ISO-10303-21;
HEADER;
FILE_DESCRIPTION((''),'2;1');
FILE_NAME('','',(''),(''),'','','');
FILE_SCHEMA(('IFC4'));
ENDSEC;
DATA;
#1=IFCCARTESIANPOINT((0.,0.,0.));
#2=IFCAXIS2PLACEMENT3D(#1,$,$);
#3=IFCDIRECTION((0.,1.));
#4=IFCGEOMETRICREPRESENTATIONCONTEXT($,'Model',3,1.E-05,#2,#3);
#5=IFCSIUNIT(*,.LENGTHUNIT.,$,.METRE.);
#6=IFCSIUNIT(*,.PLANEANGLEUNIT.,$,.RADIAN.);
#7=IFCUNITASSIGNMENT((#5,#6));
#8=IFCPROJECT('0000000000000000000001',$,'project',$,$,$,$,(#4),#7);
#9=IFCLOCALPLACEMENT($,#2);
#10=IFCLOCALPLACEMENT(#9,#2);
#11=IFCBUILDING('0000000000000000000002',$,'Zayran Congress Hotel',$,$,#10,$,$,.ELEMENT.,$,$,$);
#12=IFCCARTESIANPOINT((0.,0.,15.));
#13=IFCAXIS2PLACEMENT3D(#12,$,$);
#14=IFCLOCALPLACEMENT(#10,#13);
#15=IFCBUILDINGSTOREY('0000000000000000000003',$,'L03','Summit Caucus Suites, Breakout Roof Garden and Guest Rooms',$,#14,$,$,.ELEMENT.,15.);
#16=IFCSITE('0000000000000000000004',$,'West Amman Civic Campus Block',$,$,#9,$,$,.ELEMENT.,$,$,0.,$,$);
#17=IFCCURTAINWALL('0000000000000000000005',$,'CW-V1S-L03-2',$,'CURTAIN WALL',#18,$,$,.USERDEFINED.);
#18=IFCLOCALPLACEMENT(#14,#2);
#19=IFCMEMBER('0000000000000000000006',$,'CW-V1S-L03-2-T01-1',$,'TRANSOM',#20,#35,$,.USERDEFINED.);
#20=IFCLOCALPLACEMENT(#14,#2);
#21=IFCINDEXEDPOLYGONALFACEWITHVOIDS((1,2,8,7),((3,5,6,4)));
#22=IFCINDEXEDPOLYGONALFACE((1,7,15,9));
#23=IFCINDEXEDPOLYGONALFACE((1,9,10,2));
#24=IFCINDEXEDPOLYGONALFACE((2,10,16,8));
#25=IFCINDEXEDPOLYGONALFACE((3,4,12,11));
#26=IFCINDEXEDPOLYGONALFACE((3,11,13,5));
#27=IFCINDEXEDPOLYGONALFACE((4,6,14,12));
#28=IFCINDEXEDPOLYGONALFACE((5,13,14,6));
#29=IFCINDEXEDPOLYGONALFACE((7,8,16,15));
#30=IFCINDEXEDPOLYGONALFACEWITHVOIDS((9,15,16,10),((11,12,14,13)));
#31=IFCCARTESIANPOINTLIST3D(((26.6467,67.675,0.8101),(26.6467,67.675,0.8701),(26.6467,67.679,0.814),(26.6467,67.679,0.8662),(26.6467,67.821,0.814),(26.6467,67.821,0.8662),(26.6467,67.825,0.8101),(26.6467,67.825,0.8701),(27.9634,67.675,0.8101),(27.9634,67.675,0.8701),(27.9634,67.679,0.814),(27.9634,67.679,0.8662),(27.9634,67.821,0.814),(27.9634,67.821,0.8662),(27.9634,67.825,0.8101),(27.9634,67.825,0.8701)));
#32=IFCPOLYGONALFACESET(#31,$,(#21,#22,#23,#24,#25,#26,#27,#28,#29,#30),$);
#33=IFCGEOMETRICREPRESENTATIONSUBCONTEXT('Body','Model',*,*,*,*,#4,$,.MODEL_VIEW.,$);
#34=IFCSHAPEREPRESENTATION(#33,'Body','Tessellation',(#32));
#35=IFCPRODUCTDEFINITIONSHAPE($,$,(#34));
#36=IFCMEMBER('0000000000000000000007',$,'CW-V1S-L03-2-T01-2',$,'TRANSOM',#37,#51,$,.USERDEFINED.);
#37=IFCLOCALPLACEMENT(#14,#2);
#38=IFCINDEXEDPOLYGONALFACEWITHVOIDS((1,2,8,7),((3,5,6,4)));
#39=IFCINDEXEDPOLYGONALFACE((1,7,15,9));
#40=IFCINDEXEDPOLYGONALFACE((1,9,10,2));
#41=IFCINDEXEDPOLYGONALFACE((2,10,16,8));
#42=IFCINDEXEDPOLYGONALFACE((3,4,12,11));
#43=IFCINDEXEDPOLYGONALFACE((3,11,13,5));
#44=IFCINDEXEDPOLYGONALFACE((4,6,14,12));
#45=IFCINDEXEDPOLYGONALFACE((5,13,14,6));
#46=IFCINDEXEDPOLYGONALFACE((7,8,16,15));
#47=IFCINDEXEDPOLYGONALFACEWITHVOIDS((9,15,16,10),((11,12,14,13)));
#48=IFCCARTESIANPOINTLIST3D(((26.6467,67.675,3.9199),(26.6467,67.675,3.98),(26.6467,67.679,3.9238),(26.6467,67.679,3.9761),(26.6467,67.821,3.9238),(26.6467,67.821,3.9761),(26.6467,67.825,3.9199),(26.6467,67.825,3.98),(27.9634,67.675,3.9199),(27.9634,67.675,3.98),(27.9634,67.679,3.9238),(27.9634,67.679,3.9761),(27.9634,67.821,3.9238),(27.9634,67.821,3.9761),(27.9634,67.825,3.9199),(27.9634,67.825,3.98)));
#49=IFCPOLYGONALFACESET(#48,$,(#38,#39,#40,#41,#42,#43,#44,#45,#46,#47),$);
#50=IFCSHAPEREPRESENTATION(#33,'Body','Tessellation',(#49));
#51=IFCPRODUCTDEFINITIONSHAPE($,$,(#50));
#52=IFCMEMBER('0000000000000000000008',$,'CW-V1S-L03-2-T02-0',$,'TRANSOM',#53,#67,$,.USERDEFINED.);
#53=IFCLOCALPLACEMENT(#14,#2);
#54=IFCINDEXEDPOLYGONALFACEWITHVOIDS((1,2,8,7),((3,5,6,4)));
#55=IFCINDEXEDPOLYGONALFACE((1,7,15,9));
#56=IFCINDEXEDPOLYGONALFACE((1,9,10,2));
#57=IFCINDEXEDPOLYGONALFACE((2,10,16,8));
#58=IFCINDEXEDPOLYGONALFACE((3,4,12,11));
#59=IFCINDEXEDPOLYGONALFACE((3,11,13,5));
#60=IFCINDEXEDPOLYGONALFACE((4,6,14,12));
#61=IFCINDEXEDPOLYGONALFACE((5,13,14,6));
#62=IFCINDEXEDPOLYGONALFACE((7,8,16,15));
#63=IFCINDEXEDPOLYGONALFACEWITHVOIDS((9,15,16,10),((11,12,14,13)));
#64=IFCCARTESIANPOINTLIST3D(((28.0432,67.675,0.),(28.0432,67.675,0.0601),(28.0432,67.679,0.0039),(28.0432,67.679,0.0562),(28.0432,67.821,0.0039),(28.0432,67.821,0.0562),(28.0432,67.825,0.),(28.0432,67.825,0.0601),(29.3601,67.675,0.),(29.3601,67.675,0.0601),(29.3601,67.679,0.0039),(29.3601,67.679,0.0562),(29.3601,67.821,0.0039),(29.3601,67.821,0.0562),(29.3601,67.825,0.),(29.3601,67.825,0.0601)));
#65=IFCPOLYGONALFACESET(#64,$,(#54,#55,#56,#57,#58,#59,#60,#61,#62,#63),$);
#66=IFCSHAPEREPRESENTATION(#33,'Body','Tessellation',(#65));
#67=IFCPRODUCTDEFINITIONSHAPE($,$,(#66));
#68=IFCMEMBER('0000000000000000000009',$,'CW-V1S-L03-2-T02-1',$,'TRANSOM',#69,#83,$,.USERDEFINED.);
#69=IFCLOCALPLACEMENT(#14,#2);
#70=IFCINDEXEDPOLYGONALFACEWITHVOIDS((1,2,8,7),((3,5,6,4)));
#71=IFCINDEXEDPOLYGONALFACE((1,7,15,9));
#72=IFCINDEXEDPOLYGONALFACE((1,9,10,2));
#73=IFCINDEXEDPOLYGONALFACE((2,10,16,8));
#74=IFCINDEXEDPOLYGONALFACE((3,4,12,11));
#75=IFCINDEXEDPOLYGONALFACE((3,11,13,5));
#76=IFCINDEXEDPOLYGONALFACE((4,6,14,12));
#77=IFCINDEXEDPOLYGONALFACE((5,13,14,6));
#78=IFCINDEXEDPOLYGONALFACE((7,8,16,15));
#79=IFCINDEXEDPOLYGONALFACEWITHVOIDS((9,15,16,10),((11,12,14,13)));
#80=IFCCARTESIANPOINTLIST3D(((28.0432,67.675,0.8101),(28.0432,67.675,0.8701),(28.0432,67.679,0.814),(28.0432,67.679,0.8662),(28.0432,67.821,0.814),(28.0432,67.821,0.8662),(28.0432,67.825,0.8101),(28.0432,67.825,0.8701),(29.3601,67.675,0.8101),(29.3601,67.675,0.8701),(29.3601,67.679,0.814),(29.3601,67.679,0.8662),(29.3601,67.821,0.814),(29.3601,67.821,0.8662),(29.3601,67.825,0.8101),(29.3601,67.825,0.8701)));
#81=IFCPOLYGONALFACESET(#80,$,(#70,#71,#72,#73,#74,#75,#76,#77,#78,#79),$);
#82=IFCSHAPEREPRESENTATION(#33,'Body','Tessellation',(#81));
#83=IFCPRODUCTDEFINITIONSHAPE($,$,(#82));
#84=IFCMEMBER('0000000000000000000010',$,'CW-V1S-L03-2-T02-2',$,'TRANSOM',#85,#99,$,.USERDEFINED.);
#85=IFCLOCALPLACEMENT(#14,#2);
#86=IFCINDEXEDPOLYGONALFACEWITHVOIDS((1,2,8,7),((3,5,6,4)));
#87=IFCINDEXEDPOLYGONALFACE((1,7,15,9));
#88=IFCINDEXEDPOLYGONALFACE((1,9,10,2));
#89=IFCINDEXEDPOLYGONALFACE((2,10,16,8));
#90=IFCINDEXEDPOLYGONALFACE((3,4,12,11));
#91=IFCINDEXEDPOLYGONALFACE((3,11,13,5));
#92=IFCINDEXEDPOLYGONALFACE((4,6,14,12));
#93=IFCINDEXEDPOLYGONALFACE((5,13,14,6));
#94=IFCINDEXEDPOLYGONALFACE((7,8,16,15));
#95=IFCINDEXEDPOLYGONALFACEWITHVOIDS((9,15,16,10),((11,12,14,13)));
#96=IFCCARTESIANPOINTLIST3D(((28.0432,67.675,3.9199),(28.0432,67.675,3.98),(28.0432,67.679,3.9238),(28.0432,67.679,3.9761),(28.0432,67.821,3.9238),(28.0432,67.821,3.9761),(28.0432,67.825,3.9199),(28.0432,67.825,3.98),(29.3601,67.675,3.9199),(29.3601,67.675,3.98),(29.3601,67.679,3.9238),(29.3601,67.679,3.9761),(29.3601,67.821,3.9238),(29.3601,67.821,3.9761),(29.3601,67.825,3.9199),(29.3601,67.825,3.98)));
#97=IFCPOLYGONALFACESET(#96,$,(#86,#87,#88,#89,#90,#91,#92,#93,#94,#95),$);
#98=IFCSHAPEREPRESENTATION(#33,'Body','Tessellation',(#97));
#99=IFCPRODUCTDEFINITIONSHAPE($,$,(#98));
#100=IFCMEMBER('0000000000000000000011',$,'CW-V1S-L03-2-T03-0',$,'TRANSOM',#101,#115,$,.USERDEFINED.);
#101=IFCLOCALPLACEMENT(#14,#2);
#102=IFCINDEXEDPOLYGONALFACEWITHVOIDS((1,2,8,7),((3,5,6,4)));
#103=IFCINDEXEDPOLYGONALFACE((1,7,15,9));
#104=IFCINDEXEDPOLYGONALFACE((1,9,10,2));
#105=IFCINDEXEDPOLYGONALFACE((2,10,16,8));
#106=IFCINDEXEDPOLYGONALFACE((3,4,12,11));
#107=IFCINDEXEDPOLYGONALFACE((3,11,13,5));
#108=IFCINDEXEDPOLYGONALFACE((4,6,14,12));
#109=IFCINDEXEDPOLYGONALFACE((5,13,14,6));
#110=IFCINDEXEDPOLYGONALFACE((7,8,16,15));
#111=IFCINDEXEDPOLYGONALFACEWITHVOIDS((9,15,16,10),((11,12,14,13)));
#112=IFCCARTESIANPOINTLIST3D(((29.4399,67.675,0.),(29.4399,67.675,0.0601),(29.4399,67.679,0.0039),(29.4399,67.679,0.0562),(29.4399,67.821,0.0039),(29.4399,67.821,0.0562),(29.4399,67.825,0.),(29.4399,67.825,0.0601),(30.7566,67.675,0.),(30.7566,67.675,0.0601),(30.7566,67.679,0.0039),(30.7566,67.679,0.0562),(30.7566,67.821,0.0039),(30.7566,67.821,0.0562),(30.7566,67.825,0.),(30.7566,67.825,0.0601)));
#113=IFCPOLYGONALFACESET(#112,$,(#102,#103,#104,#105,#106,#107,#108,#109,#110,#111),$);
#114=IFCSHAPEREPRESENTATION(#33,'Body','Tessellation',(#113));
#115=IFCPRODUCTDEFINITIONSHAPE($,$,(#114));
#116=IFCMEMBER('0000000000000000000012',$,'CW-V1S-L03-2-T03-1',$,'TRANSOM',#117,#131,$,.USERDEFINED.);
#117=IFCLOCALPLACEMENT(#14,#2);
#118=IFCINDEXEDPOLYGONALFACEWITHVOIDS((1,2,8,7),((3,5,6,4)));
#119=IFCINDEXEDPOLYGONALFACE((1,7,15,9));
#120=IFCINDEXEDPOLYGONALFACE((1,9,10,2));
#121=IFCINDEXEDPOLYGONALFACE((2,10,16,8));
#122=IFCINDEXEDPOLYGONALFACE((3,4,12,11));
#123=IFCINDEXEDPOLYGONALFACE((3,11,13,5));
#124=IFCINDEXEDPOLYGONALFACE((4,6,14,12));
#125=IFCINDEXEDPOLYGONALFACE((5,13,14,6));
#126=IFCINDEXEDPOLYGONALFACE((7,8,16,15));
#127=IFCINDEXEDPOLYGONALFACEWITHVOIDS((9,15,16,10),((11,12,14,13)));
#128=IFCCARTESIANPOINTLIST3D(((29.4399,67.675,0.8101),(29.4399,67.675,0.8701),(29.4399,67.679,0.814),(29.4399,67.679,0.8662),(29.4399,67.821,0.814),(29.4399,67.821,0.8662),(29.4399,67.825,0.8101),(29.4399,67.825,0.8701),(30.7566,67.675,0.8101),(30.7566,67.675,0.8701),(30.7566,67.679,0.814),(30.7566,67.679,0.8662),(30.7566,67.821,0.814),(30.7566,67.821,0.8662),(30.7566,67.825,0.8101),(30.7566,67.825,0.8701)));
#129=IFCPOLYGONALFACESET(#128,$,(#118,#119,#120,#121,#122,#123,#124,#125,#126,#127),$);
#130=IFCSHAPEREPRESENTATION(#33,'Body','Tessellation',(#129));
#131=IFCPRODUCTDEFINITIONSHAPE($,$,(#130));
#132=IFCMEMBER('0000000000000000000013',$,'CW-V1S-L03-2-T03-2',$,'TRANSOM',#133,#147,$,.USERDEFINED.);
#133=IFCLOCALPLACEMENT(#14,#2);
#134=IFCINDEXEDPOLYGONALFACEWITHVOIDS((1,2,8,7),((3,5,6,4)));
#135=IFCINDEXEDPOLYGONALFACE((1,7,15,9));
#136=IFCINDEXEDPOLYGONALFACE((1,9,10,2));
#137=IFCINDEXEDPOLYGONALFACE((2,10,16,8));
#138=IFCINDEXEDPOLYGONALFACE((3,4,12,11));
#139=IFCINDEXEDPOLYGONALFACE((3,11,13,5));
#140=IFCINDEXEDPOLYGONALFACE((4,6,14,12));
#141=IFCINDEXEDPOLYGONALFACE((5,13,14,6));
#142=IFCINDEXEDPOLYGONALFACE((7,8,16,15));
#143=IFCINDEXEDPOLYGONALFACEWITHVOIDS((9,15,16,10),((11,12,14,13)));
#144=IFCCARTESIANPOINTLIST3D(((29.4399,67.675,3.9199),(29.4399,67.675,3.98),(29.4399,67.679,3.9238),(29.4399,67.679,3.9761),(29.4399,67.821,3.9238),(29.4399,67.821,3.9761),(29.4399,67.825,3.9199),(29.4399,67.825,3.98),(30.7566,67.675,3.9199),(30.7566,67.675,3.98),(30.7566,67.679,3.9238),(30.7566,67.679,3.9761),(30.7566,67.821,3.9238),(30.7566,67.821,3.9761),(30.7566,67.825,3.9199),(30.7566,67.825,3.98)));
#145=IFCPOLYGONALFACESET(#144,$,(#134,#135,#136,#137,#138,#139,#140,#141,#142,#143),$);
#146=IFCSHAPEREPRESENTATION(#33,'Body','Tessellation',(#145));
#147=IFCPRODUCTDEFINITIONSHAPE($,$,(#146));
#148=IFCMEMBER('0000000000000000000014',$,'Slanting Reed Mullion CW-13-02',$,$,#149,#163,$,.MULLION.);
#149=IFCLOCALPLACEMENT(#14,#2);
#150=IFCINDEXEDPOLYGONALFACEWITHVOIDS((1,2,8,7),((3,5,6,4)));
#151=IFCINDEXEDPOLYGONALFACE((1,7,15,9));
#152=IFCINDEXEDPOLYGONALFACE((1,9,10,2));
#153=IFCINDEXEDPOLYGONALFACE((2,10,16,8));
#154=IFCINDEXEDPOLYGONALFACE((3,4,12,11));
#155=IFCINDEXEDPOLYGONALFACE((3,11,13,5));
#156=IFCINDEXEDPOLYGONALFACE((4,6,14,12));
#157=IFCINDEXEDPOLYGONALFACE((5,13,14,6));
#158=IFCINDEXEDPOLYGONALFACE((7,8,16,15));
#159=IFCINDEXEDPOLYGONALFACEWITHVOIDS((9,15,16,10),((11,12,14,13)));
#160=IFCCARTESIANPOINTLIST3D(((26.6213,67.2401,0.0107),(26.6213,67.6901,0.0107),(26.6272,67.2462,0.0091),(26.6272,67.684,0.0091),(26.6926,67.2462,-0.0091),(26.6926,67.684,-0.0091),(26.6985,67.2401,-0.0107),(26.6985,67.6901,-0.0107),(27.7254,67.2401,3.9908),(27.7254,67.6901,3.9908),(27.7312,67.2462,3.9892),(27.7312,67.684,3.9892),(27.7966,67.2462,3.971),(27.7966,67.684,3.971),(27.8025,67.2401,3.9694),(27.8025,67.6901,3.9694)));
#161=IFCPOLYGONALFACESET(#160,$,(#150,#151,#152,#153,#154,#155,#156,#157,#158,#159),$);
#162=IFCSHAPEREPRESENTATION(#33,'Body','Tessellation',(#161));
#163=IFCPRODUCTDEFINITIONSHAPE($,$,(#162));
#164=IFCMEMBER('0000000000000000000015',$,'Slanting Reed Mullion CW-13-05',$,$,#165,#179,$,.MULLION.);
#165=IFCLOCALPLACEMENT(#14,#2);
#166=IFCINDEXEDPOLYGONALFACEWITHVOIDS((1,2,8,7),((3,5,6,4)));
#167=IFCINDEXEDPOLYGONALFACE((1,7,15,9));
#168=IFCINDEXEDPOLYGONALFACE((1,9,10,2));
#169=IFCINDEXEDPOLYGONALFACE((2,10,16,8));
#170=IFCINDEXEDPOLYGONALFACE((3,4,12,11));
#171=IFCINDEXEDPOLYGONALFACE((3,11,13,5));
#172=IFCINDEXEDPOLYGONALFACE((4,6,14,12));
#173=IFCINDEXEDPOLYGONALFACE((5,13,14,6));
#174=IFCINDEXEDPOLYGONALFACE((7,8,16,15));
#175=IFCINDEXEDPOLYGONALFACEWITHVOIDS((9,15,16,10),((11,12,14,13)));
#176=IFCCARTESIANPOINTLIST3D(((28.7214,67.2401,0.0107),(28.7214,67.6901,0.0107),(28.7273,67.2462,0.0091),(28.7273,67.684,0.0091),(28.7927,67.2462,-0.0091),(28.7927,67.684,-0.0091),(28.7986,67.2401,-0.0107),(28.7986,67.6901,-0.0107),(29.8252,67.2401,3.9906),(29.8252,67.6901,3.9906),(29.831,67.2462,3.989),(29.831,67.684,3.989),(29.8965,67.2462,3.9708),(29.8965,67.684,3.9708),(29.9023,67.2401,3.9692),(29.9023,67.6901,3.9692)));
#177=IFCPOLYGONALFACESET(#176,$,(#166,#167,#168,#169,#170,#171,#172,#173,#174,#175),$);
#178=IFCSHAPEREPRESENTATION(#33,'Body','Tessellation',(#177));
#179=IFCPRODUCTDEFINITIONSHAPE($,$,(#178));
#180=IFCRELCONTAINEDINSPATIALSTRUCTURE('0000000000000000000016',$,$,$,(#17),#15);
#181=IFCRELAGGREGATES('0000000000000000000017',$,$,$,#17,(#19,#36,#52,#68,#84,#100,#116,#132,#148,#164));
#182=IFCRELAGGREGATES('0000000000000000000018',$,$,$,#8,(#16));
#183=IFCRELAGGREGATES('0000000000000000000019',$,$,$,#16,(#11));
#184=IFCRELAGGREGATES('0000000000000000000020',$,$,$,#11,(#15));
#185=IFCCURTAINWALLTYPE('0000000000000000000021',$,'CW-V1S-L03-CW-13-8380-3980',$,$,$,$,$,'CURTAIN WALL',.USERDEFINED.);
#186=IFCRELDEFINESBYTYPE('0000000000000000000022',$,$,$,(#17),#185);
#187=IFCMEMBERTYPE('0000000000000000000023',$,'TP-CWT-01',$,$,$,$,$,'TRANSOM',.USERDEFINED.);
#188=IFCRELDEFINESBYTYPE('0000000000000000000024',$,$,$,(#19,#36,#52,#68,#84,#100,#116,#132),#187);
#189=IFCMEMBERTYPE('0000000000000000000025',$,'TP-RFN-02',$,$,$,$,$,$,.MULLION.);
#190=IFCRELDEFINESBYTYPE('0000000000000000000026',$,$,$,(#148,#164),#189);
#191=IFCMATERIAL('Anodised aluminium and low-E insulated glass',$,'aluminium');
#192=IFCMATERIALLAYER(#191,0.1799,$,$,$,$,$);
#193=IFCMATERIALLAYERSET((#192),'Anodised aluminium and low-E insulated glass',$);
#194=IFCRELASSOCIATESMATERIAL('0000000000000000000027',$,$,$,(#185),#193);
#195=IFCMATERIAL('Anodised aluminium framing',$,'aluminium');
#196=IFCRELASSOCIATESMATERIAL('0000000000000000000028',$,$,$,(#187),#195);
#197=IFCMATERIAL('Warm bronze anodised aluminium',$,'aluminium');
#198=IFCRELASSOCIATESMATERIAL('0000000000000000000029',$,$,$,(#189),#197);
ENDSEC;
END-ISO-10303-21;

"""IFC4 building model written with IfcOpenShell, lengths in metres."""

from ifc_helpers import new_model, si_unit, direction, frame, origin, origin_2d, place, context, subcontext, project, spatial, hollow_rectangle, extrude, material, layer, layer_set, material_profile, profile_set, type_object, element, aggregate, save


model = new_model("IFC4")

# Units and contexts
model_context = context("Model", 3, precision=1e-05, world=origin(), true_north=direction((0.0, 1.0)))
body_context = subcontext(model_context, "Body", "Model", "MODEL_VIEW")
ifc_project = project(units=[si_unit("LENGTHUNIT", "METRE"), si_unit("PLANEANGLEUNIT", "RADIAN")], contexts=[model_context])

# Site, building, storey
site_placement = place(None, origin())
site = spatial("IfcSite", under=ifc_project, at=site_placement, Name="West Amman Civic Campus Block", CompositionType="ELEMENT", RefElevation=0.0)
building_placement = place(site_placement, origin())
building = spatial("IfcBuilding", under=site, at=building_placement, Name="Zayran Congress Hotel", CompositionType="ELEMENT")
storey_placement = place(building_placement, frame((0.0, 0.0, 15.0)))
storey = spatial("IfcBuildingStorey", under=building, at=storey_placement, Name="L03", Description="Summit Caucus Suites, Breakout Roof Garden and Guest Rooms", CompositionType="ELEMENT", Elevation=15.0)

# Curtain wall, members
ifc_material_1 = material(Name="Anodised aluminium and low-E insulated glass", Category="aluminium")
ifc_layer_1 = layer(ifc_material_1, 0.1799)
ifc_layer_set_1 = layer_set([ifc_layer_1], Name="Anodised aluminium and low-E insulated glass")
curtain_wall_type = type_object("IfcCurtainWallType", Name="CW-V1S-L03-CW-13-8380-3980", ElementType="CURTAIN WALL", PredefinedType="USERDEFINED", material=ifc_layer_set_1)
curtain_wall_placement = place(storey_placement, origin())
curtain_wall = element("IfcCurtainWall", 1, at=curtain_wall_placement, inside=storey, type_object=curtain_wall_type, Name="CW-V1S-L03-2", ObjectType="CURTAIN WALL", PredefinedType="USERDEFINED")
ifc_material_2 = material(Name="Anodised aluminium framing", Category="aluminium")
ifc_material_profile_1 = material_profile(ifc_material_2, hollow_rectangle(XDim=0.0601, YDim=0.1499, WallThickness=0.0039, at=origin_2d()), Name="RHS 150x60x4")
ifc_profile_set_1 = profile_set([ifc_material_profile_1], Name="Anodised aluminium framing")
member_type_1 = type_object("IfcMemberType", Name="TP-CWT-01", ElementType="TRANSOM", PredefinedType="USERDEFINED", material=ifc_profile_set_1)
member_1_placement = place(storey_placement, frame((26.6467, 67.75, 0.8401), z_axis=(1.0, 0.0, 0.0), x_axis=(0.0, 0.0, 1.0)))
member_1 = element("IfcMember", 2, at=member_1_placement, type_object=member_type_1, Name="CW-V1S-L03-2-T01-1", ObjectType="TRANSOM", PredefinedType="USERDEFINED", context=body_context, shape_type="SweptSolid", body=[
    extrude(hollow_rectangle(XDim=0.0601, YDim=0.1499, WallThickness=0.0039, at=origin_2d()), origin(), (0.0, 0.0, 1.0), 1.3167),
])
member_2_placement = place(storey_placement, frame((26.6467, 67.75, 3.95), z_axis=(1.0, 0.0, 0.0), x_axis=(0.0, 0.0, 1.0)))
member_2 = element("IfcMember", 3, at=member_2_placement, type_object=member_type_1, Name="CW-V1S-L03-2-T01-2", ObjectType="TRANSOM", PredefinedType="USERDEFINED", context=body_context, shape_type="SweptSolid", body=[
    extrude(hollow_rectangle(XDim=0.0601, YDim=0.1499, WallThickness=0.0039, at=origin_2d()), origin(), (0.0, 0.0, 1.0), 1.3167),
])
member_3_placement = place(storey_placement, frame((28.0432, 67.75, 0.03), z_axis=(1.0, 0.0, 0.0), x_axis=(0.0, 0.0, 1.0)))
member_3 = element("IfcMember", 4, at=member_3_placement, type_object=member_type_1, Name="CW-V1S-L03-2-T02-0", ObjectType="TRANSOM", PredefinedType="USERDEFINED", context=body_context, shape_type="SweptSolid", body=[
    extrude(hollow_rectangle(XDim=0.0601, YDim=0.1499, WallThickness=0.0039, at=origin_2d()), origin(), (0.0, 0.0, 1.0), 1.3169),
])
member_4_placement = place(storey_placement, frame((28.0432, 67.75, 0.8401), z_axis=(1.0, 0.0, 0.0), x_axis=(0.0, 0.0, 1.0)))
member_4 = element("IfcMember", 5, at=member_4_placement, type_object=member_type_1, Name="CW-V1S-L03-2-T02-1", ObjectType="TRANSOM", PredefinedType="USERDEFINED", context=body_context, shape_type="SweptSolid", body=[
    extrude(hollow_rectangle(XDim=0.0601, YDim=0.1499, WallThickness=0.0039, at=origin_2d()), origin(), (0.0, 0.0, 1.0), 1.3169),
])
member_5_placement = place(storey_placement, frame((28.0432, 67.75, 3.95), z_axis=(1.0, 0.0, 0.0), x_axis=(0.0, 0.0, 1.0)))
member_5 = element("IfcMember", 6, at=member_5_placement, type_object=member_type_1, Name="CW-V1S-L03-2-T02-2", ObjectType="TRANSOM", PredefinedType="USERDEFINED", context=body_context, shape_type="SweptSolid", body=[
    extrude(hollow_rectangle(XDim=0.0601, YDim=0.1499, WallThickness=0.0039, at=origin_2d()), origin(), (0.0, 0.0, 1.0), 1.3169),
])
member_6_placement = place(storey_placement, frame((29.4399, 67.75, 0.03), z_axis=(1.0, 0.0, 0.0), x_axis=(0.0, 0.0, 1.0)))
member_6 = element("IfcMember", 7, at=member_6_placement, type_object=member_type_1, Name="CW-V1S-L03-2-T03-0", ObjectType="TRANSOM", PredefinedType="USERDEFINED", context=body_context, shape_type="SweptSolid", body=[
    extrude(hollow_rectangle(XDim=0.0601, YDim=0.1499, WallThickness=0.0039, at=origin_2d()), origin(), (0.0, 0.0, 1.0), 1.3167),
])
member_7_placement = place(storey_placement, frame((29.4399, 67.75, 0.8401), z_axis=(1.0, 0.0, 0.0), x_axis=(0.0, 0.0, 1.0)))
member_7 = element("IfcMember", 8, at=member_7_placement, type_object=member_type_1, Name="CW-V1S-L03-2-T03-1", ObjectType="TRANSOM", PredefinedType="USERDEFINED", context=body_context, shape_type="SweptSolid", body=[
    extrude(hollow_rectangle(XDim=0.0601, YDim=0.1499, WallThickness=0.0039, at=origin_2d()), origin(), (0.0, 0.0, 1.0), 1.3167),
])
member_8_placement = place(storey_placement, frame((29.4399, 67.75, 3.95), z_axis=(1.0, 0.0, 0.0), x_axis=(0.0, 0.0, 1.0)))
member_8 = element("IfcMember", 9, at=member_8_placement, type_object=member_type_1, Name="CW-V1S-L03-2-T03-2", ObjectType="TRANSOM", PredefinedType="USERDEFINED", context=body_context, shape_type="SweptSolid", body=[
    extrude(hollow_rectangle(XDim=0.0601, YDim=0.1499, WallThickness=0.0039, at=origin_2d()), origin(), (0.0, 0.0, 1.0), 1.3167),
])
ifc_material_3 = material(Name="Warm bronze anodised aluminium", Category="aluminium")
ifc_material_profile_2 = material_profile(ifc_material_3, hollow_rectangle(XDim=0.0801, YDim=0.45, WallThickness=0.0061, at=origin_2d()), Name="RHS 450x80x6")
ifc_profile_set_2 = profile_set([ifc_material_profile_2], Name="Warm bronze anodised aluminium")
member_type_2 = type_object("IfcMemberType", Name="TP-RFN-02", PredefinedType="MULLION", material=ifc_profile_set_2)
member_9_placement = place(storey_placement, frame((26.6599, 67.4651, 0.0), z_axis=(0.267296, 0.0, 0.963614), x_axis=(-0.963614, 0.0, 0.267296)))
member_9 = element("IfcMember", 10, at=member_9_placement, type_object=member_type_2, Name="Slanting Reed Mullion CW-13-02", PredefinedType="MULLION", context=body_context, shape_type="SweptSolid", body=[
    extrude(hollow_rectangle(XDim=0.0801, YDim=0.45, WallThickness=0.0061, at=origin_2d()), origin(), (0.0, 0.0, 1.0), 4.1304),
])
member_10_placement = place(storey_placement, frame((28.76, 67.4651, 0.0), z_axis=(0.267241, 0.0, 0.96363), x_axis=(-0.96363, 0.0, 0.267241)))
member_10 = element("IfcMember", 11, at=member_10_placement, type_object=member_type_2, Name="Slanting Reed Mullion CW-13-05", PredefinedType="MULLION", context=body_context, shape_type="SweptSolid", body=[
    extrude(hollow_rectangle(XDim=0.0801, YDim=0.45, WallThickness=0.0061, at=origin_2d()), origin(), (0.0, 0.0, 1.0), 4.1301),
])
aggregate(curtain_wall, [member_1, member_2, member_3, member_4, member_5, member_6, member_7, member_8, member_9, member_10])

save(model, "model.ifc")
